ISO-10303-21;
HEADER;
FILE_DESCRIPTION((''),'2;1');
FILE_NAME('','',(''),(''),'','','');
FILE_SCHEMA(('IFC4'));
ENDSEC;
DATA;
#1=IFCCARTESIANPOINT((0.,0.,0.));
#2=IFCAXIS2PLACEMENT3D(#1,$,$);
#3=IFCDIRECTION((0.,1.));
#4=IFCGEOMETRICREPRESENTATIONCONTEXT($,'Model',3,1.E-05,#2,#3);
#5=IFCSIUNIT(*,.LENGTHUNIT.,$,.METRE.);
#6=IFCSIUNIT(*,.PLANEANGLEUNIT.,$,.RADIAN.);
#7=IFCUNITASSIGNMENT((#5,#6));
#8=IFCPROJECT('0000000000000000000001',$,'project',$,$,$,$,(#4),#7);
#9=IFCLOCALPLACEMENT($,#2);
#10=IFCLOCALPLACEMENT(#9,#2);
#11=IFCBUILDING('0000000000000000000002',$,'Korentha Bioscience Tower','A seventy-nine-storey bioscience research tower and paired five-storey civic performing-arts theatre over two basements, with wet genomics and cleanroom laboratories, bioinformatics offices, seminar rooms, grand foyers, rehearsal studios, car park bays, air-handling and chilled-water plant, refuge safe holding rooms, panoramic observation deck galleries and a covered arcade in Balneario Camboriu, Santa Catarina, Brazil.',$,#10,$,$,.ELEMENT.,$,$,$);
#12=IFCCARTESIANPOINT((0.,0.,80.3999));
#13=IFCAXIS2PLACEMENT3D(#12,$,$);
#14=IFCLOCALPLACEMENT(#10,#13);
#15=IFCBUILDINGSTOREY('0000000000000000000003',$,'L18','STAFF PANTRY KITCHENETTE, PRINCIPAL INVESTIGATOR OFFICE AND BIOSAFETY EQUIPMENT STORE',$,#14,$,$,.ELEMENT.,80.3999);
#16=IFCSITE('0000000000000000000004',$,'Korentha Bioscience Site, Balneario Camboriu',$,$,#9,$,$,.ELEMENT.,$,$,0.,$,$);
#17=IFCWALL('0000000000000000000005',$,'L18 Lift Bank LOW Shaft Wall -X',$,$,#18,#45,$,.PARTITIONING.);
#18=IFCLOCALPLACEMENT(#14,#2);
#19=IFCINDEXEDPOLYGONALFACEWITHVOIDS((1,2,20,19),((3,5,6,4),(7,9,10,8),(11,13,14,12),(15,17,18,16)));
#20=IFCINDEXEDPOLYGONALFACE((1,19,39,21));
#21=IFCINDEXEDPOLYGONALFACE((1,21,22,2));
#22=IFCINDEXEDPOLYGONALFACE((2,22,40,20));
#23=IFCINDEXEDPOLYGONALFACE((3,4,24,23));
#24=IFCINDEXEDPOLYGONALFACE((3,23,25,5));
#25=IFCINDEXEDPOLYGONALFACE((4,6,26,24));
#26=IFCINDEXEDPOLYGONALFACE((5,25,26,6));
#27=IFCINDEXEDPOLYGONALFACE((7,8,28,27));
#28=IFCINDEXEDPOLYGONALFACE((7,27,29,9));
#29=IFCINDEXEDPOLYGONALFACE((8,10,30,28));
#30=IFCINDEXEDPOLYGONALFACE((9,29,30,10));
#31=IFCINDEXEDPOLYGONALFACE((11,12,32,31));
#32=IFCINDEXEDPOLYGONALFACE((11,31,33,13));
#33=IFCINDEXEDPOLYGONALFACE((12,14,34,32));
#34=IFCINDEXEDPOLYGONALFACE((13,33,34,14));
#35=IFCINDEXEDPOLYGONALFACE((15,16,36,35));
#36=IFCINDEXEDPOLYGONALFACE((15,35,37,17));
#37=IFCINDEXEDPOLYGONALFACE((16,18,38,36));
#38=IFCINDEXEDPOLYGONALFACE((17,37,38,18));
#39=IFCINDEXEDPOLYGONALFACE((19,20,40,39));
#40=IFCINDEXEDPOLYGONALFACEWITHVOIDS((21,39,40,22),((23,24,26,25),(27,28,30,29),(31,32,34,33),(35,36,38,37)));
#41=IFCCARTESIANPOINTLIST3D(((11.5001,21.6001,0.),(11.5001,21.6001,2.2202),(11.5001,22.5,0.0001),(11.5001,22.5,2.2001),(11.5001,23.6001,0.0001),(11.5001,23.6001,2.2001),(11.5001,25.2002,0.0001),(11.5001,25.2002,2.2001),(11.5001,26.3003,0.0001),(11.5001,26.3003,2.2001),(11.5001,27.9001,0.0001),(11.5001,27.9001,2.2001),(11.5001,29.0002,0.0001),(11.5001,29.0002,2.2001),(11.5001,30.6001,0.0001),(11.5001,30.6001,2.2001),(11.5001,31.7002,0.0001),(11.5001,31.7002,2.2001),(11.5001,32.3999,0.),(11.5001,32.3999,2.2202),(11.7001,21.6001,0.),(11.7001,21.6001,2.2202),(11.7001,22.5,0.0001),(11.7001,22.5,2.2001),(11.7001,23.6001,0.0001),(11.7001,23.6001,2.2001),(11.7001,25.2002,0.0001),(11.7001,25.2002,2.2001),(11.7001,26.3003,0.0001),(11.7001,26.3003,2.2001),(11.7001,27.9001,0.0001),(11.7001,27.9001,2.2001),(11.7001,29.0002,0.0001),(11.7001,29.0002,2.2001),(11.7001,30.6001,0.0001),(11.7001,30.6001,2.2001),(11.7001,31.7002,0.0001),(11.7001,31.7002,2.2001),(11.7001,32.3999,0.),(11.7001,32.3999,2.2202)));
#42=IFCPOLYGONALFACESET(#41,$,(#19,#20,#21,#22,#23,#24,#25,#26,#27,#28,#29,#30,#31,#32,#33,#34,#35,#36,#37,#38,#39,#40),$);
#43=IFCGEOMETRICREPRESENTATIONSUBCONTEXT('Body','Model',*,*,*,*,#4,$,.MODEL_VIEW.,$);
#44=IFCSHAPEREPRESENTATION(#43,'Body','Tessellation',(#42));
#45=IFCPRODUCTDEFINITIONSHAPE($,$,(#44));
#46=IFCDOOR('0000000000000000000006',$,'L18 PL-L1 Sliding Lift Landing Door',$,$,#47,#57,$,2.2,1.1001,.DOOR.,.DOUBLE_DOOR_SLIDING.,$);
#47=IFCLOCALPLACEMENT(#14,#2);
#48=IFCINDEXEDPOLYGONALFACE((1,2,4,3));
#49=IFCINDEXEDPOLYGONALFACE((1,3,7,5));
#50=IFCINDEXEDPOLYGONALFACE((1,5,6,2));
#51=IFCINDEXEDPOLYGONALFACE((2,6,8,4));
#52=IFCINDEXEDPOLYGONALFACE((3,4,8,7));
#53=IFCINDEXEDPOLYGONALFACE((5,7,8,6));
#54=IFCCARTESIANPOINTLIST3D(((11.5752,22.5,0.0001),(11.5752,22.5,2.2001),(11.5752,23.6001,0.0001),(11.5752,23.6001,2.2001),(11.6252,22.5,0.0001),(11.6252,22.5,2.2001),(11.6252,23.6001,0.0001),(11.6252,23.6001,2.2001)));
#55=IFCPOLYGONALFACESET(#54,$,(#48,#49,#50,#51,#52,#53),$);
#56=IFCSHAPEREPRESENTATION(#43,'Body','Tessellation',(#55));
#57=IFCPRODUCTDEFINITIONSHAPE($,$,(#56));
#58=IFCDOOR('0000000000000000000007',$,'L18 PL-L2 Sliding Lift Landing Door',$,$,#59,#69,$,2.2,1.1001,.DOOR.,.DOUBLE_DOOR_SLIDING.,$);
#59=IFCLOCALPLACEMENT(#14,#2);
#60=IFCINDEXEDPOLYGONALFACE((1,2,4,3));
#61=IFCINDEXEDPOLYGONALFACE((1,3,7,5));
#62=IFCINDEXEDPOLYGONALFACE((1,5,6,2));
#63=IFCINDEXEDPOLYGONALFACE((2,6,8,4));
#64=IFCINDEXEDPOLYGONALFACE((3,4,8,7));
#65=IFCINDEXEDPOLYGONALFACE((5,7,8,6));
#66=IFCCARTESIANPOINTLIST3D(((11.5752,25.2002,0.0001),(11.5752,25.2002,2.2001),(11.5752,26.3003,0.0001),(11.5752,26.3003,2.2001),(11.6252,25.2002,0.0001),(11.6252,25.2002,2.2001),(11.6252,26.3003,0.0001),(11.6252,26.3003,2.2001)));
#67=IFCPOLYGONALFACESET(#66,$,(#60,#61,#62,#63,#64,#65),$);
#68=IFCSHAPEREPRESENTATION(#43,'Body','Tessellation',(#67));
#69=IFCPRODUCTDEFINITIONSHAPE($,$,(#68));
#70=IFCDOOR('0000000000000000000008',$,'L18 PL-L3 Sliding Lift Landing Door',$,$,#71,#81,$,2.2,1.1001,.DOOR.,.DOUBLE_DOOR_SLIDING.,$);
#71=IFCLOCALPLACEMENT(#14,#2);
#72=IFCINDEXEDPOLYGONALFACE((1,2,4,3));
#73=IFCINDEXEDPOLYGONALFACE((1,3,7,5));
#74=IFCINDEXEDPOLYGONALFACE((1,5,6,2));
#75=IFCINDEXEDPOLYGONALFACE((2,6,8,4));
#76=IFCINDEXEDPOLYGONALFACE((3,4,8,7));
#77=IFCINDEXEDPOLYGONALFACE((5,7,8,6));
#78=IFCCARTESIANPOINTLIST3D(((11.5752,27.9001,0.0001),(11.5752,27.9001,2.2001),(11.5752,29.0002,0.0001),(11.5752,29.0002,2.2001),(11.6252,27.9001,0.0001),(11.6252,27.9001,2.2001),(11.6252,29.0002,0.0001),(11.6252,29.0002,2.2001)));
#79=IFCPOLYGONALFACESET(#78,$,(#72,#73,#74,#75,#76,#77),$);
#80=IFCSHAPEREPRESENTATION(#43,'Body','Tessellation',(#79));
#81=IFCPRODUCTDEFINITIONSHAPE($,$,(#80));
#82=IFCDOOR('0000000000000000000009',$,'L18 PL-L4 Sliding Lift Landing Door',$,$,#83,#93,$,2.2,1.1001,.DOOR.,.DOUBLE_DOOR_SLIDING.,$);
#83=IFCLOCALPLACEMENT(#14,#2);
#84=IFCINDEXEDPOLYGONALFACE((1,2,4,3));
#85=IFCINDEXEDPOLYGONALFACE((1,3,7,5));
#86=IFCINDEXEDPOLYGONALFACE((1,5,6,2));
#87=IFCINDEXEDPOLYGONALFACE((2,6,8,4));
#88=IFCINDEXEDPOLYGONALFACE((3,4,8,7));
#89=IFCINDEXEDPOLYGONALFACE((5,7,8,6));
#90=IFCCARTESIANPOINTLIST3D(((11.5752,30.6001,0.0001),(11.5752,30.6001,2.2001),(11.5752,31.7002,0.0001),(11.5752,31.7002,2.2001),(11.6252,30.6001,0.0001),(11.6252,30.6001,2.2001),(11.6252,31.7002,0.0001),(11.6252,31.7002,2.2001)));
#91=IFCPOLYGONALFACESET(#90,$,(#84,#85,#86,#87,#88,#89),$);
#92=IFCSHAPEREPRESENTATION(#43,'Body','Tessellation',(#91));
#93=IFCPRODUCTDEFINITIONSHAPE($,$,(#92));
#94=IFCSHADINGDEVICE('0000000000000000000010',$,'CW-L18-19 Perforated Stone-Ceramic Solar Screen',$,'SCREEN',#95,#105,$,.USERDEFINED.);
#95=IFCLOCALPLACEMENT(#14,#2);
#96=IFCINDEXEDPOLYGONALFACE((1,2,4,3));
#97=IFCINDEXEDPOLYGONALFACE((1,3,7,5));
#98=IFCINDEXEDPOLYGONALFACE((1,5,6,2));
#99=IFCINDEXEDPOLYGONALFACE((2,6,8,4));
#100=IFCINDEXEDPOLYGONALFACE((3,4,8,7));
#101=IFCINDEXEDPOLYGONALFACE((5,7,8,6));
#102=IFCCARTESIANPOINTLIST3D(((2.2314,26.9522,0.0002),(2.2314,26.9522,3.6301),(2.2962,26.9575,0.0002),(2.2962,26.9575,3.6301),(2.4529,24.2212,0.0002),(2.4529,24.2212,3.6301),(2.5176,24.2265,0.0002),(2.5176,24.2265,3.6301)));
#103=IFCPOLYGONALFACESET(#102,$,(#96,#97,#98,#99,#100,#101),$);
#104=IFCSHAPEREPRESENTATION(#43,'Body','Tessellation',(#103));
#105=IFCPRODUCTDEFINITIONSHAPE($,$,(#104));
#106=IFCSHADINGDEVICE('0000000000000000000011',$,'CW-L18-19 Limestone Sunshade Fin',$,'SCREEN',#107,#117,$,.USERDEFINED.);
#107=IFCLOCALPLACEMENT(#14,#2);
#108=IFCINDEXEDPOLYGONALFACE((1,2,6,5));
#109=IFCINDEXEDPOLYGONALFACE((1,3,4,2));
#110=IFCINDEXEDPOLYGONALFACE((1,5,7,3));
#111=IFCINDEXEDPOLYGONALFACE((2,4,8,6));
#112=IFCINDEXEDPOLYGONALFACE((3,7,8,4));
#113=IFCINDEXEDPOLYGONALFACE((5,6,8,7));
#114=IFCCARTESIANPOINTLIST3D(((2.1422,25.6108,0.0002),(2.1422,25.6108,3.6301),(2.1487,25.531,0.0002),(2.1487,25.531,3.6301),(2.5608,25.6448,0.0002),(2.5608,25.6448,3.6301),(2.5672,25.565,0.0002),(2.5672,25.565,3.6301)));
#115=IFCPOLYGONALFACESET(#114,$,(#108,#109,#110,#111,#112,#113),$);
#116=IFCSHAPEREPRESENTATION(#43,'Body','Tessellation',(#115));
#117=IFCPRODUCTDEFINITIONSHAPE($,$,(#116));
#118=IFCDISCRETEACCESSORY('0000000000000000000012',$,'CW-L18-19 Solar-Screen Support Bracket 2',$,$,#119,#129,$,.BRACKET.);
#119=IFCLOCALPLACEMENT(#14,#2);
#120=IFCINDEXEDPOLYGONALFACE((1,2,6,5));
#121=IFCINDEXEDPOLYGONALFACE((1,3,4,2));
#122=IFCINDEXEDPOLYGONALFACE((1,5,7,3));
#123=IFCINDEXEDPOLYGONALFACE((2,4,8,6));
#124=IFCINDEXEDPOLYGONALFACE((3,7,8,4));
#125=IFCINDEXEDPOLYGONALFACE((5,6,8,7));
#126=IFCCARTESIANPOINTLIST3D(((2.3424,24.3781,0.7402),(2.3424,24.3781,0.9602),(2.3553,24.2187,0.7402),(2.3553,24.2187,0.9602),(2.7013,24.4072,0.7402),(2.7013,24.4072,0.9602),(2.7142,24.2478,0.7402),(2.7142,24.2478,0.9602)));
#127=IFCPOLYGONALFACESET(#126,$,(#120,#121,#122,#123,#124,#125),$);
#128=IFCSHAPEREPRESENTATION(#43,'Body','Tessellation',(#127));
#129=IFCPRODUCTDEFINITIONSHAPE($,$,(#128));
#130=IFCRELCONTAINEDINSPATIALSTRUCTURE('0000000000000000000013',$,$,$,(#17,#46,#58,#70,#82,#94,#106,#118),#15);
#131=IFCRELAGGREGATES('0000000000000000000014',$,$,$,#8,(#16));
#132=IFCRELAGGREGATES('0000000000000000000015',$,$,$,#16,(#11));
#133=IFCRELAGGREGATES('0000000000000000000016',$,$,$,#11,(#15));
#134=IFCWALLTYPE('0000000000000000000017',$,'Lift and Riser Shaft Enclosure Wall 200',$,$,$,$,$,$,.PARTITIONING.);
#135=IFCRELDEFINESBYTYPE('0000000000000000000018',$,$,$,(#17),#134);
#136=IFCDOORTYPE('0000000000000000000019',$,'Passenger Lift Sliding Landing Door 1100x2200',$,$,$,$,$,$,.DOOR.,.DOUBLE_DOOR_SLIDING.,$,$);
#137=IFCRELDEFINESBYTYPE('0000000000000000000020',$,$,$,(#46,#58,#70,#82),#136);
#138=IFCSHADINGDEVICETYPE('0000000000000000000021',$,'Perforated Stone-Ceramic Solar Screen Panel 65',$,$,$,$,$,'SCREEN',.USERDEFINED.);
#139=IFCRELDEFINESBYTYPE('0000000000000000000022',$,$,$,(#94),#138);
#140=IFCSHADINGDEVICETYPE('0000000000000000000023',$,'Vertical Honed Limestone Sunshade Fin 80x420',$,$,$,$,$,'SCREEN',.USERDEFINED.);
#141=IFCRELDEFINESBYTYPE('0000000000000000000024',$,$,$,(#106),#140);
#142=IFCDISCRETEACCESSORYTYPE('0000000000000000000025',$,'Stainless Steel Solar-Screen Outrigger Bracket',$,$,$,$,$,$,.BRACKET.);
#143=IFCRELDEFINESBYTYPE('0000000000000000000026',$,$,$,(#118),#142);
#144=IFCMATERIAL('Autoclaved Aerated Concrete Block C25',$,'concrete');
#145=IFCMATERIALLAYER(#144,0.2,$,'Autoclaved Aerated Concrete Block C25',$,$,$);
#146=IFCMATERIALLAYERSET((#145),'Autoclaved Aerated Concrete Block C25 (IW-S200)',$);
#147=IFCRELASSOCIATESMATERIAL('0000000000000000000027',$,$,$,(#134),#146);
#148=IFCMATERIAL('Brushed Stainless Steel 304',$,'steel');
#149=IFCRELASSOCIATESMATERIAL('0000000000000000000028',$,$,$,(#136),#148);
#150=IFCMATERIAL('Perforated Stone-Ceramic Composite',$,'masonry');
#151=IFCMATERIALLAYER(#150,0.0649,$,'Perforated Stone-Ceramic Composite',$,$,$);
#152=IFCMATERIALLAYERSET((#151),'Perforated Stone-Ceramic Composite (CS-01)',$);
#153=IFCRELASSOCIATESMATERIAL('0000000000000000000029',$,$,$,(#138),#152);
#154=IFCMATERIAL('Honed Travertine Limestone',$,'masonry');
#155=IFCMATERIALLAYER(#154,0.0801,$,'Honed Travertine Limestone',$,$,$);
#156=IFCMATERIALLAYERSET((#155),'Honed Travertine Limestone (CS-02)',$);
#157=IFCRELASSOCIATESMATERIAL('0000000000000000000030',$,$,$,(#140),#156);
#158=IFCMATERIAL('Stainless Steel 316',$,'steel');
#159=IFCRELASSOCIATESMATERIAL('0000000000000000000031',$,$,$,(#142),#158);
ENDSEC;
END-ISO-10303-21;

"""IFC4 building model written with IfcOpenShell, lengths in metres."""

from ifc_helpers import new_model, si_unit, direction, frame, frame_2d, origin, origin_2d, place, context, subcontext, project, spatial, rectangle, extrude, material, layer, layer_set, type_object, element, fill, save


model = new_model("IFC4")

# Units and contexts
model_context = context("Model", 3, precision=1e-05, world=origin(), true_north=direction((0.0, 1.0)))
body_context = subcontext(model_context, "Body", "Model", "MODEL_VIEW")
ifc_project = project(units=[si_unit("LENGTHUNIT", "METRE"), si_unit("PLANEANGLEUNIT", "RADIAN")], contexts=[model_context])

# Site, building, storey
site_placement = place(None, origin())
site = spatial("IfcSite", under=ifc_project, at=site_placement, Name="Korentha Bioscience Site, Balneario Camboriu", CompositionType="ELEMENT", RefElevation=0.0)
building_placement = place(site_placement, origin())
building = spatial("IfcBuilding", under=site, at=building_placement, Name="Korentha Bioscience Tower", Description="A seventy-nine-storey bioscience research tower and paired five-storey civic performing-arts theatre over two basements, with wet genomics and cleanroom laboratories, bioinformatics offices, seminar rooms, grand foyers, rehearsal studios, car park bays, air-handling and chilled-water plant, refuge safe holding rooms, panoramic observation deck galleries and a covered arcade in Balneario Camboriu, Santa Catarina, Brazil.", CompositionType="ELEMENT")
storey_placement = place(building_placement, frame((0.0, 0.0, 80.3999)))
storey = spatial("IfcBuildingStorey", under=building, at=storey_placement, Name="L18", Description="STAFF PANTRY KITCHENETTE, PRINCIPAL INVESTIGATOR OFFICE AND BIOSAFETY EQUIPMENT STORE", CompositionType="ELEMENT", Elevation=80.3999)

# Wall, openings, doors
ifc_material_1 = material(Name="Autoclaved Aerated Concrete Block C25", Category="concrete")
ifc_layer_1 = layer(ifc_material_1, 0.2, Name="Autoclaved Aerated Concrete Block C25")
ifc_layer_set_1 = layer_set([ifc_layer_1], Name="Autoclaved Aerated Concrete Block C25 (IW-S200)")
wall_type_1 = type_object("IfcWallType", Name="Lift and Riser Shaft Enclosure Wall 200", PredefinedType="PARTITIONING", material=ifc_layer_set_1)
wall_1_placement = place(storey_placement, frame((11.6001, 21.6001, 0.0), z_axis=(0.0, 0.0, 1.0), x_axis=(0.0, 1.0, 0.0)))
wall_1 = element("IfcWall", 1, at=wall_1_placement, inside=storey, type_object=wall_type_1, Name="L18 Lift Bank LOW Shaft Wall -X", PredefinedType="PARTITIONING", context=body_context, shape_type="SweptSolid", body=[
    extrude(rectangle(XDim=10.7998, YDim=0.2, at=frame_2d((5.3999, 0.0))), origin(), (0.0, 0.0, 1.0), 2.2202),
])
opening_1_placement = place(wall_1_placement, frame((0.8999, 0.0, 0.0)))
opening_1 = element("IfcOpeningElement", 2, at=opening_1_placement, cuts=wall_1, PredefinedType="OPENING", context=body_context, shape_type="SweptSolid", body=[
    extrude(rectangle(XDim=1.1001, YDim=2.2, at=frame_2d((0.55, 1.1001))), frame((0.0, 0.1147, 0.0), z_axis=(0.0, -1.0, 0.0), x_axis=(1.0, 0.0, 0.0)), (0.0, 0.0, 1.0), 0.2297),
])
opening_2_placement = place(wall_1_placement, frame((3.6001, 0.0, 0.0)))
opening_2 = element("IfcOpeningElement", 3, at=opening_2_placement, cuts=wall_1, PredefinedType="OPENING", context=body_context, shape_type="SweptSolid", body=[
    extrude(rectangle(XDim=1.1001, YDim=2.2, at=frame_2d((0.55, 1.1001))), frame((0.0, 0.1147, 0.0), z_axis=(0.0, -1.0, 0.0), x_axis=(1.0, 0.0, 0.0)), (0.0, 0.0, 1.0), 0.2297),
])
opening_3_placement = place(wall_1_placement, frame((6.3, 0.0, 0.0)))
opening_3 = element("IfcOpeningElement", 4, at=opening_3_placement, cuts=wall_1, PredefinedType="OPENING", context=body_context, shape_type="SweptSolid", body=[
    extrude(rectangle(XDim=1.1001, YDim=2.2, at=frame_2d((0.55, 1.1001))), frame((0.0, 0.1147, 0.0), z_axis=(0.0, -1.0, 0.0), x_axis=(1.0, 0.0, 0.0)), (0.0, 0.0, 1.0), 0.2297),
])
opening_4_placement = place(wall_1_placement, frame((9.0, 0.0, 0.0)))
opening_4 = element("IfcOpeningElement", 5, at=opening_4_placement, cuts=wall_1, PredefinedType="OPENING", context=body_context, shape_type="SweptSolid", body=[
    extrude(rectangle(XDim=1.1001, YDim=2.2, at=frame_2d((0.55, 1.1001))), frame((0.0, 0.1147, 0.0), z_axis=(0.0, -1.0, 0.0), x_axis=(1.0, 0.0, 0.0)), (0.0, 0.0, 1.0), 0.2297),
])
ifc_material_2 = material(Name="Brushed Stainless Steel 304", Category="steel")
door_type_1 = type_object("IfcDoorType", Name="Passenger Lift Sliding Landing Door 1100x2200", OperationType="DOUBLE_DOOR_SLIDING", PredefinedType="DOOR", material=ifc_material_2)
door_1_placement = place(opening_1_placement, origin())
door_1 = element("IfcDoor", 6, at=door_1_placement, inside=storey, type_object=door_type_1, Name="L18 PL-L1 Sliding Lift Landing Door", OperationType="DOUBLE_DOOR_SLIDING", OverallHeight=2.2, OverallWidth=1.1001, PredefinedType="DOOR", context=body_context, shape_type="SweptSolid", body=[
    extrude(rectangle(XDim=1.1001, YDim=2.2, at=frame_2d((0.55, 1.1001))), frame((0.0, 0.0249, 0.0), z_axis=(0.0, -1.0, 0.0), x_axis=(1.0, 0.0, 0.0)), (0.0, 0.0, 1.0), 0.05),
])
fill(opening_1, door_1)
door_2_placement = place(opening_2_placement, origin())
door_2 = element("IfcDoor", 7, at=door_2_placement, inside=storey, type_object=door_type_1, Name="L18 PL-L2 Sliding Lift Landing Door", OperationType="DOUBLE_DOOR_SLIDING", OverallHeight=2.2, OverallWidth=1.1001, PredefinedType="DOOR", context=body_context, shape_type="SweptSolid", body=[
    extrude(rectangle(XDim=1.1001, YDim=2.2, at=frame_2d((0.55, 1.1001))), frame((0.0, 0.0249, 0.0), z_axis=(0.0, -1.0, 0.0), x_axis=(1.0, 0.0, 0.0)), (0.0, 0.0, 1.0), 0.05),
])
fill(opening_2, door_2)
door_3_placement = place(opening_3_placement, origin())
door_3 = element("IfcDoor", 8, at=door_3_placement, inside=storey, type_object=door_type_1, Name="L18 PL-L3 Sliding Lift Landing Door", OperationType="DOUBLE_DOOR_SLIDING", OverallHeight=2.2, OverallWidth=1.1001, PredefinedType="DOOR", context=body_context, shape_type="SweptSolid", body=[
    extrude(rectangle(XDim=1.1001, YDim=2.2, at=frame_2d((0.55, 1.1001))), frame((0.0, 0.0249, 0.0), z_axis=(0.0, -1.0, 0.0), x_axis=(1.0, 0.0, 0.0)), (0.0, 0.0, 1.0), 0.05),
])
fill(opening_3, door_3)
door_4_placement = place(opening_4_placement, origin())
door_4 = element("IfcDoor", 9, at=door_4_placement, inside=storey, type_object=door_type_1, Name="L18 PL-L4 Sliding Lift Landing Door", OperationType="DOUBLE_DOOR_SLIDING", OverallHeight=2.2, OverallWidth=1.1001, PredefinedType="DOOR", context=body_context, shape_type="SweptSolid", body=[
    extrude(rectangle(XDim=1.1001, YDim=2.2, at=frame_2d((0.55, 1.1001))), frame((0.0, 0.0249, 0.0), z_axis=(0.0, -1.0, 0.0), x_axis=(1.0, 0.0, 0.0)), (0.0, 0.0, 1.0), 0.05),
])
fill(opening_4, door_4)

# Shading devices
ifc_material_3 = material(Name="Perforated Stone-Ceramic Composite", Category="masonry")
ifc_layer_2 = layer(ifc_material_3, 0.0649, Name="Perforated Stone-Ceramic Composite")
ifc_layer_set_2 = layer_set([ifc_layer_2], Name="Perforated Stone-Ceramic Composite (CS-01)")
shading_device_type_1 = type_object("IfcShadingDeviceType", Name="Perforated Stone-Ceramic Solar Screen Panel 65", ElementType="SCREEN", PredefinedType="USERDEFINED", material=ifc_layer_set_2)
shading_device_1_placement = place(storey_placement, frame((2.3745, 25.5894, 0.0002), z_axis=(0.0, 0.0, 1.0), x_axis=(0.08082, -0.996729, 0.0)))
element("IfcShadingDevice", 10, at=shading_device_1_placement, inside=storey, type_object=shading_device_type_1, Name="CW-L18-19 Perforated Stone-Ceramic Solar Screen", ObjectType="SCREEN", PredefinedType="USERDEFINED", context=body_context, shape_type="SweptSolid", body=[
    extrude(rectangle(XDim=2.74, YDim=0.0649, at=origin_2d()), origin(), (0.0, 0.0, 1.0), 3.6299),
])
ifc_material_4 = material(Name="Honed Travertine Limestone", Category="masonry")
ifc_layer_3 = layer(ifc_material_4, 0.0801, Name="Honed Travertine Limestone")
ifc_layer_set_3 = layer_set([ifc_layer_3], Name="Honed Travertine Limestone (CS-02)")
shading_device_type_2 = type_object("IfcShadingDeviceType", Name="Vertical Honed Limestone Sunshade Fin 80x420", ElementType="SCREEN", PredefinedType="USERDEFINED", material=ifc_layer_set_3)
shading_device_2_placement = place(storey_placement, frame((2.3547, 25.5879, 0.0002), z_axis=(0.0, 0.0, 1.0), x_axis=(0.08082, -0.996729, 0.0)))
element("IfcShadingDevice", 11, at=shading_device_2_placement, inside=storey, type_object=shading_device_type_2, Name="CW-L18-19 Limestone Sunshade Fin", ObjectType="SCREEN", PredefinedType="USERDEFINED", context=body_context, shape_type="SweptSolid", body=[
    extrude(rectangle(XDim=0.0801, YDim=0.4199, at=origin_2d()), origin(), (0.0, 0.0, 1.0), 3.6299),
])

# Discrete accessory
ifc_material_5 = material(Name="Stainless Steel 316", Category="steel")
discrete_accessory_type = type_object("IfcDiscreteAccessoryType", Name="Stainless Steel Solar-Screen Outrigger Bracket", PredefinedType="BRACKET", material=ifc_material_5)
discrete_accessory_placement = place(storey_placement, frame((2.5283, 24.313, 0.7402), z_axis=(0.0, 0.0, 1.0), x_axis=(0.08082, -0.996729, 0.0)))
element("IfcDiscreteAccessory", 12, at=discrete_accessory_placement, inside=storey, type_object=discrete_accessory_type, Name="CW-L18-19 Solar-Screen Support Bracket 2", PredefinedType="BRACKET", context=body_context, shape_type="SweptSolid", body=[
    extrude(rectangle(XDim=0.1599, YDim=0.3601, at=origin_2d()), origin(), (0.0, 0.0, 1.0), 0.22),
])

save(model, "model.ifc")
